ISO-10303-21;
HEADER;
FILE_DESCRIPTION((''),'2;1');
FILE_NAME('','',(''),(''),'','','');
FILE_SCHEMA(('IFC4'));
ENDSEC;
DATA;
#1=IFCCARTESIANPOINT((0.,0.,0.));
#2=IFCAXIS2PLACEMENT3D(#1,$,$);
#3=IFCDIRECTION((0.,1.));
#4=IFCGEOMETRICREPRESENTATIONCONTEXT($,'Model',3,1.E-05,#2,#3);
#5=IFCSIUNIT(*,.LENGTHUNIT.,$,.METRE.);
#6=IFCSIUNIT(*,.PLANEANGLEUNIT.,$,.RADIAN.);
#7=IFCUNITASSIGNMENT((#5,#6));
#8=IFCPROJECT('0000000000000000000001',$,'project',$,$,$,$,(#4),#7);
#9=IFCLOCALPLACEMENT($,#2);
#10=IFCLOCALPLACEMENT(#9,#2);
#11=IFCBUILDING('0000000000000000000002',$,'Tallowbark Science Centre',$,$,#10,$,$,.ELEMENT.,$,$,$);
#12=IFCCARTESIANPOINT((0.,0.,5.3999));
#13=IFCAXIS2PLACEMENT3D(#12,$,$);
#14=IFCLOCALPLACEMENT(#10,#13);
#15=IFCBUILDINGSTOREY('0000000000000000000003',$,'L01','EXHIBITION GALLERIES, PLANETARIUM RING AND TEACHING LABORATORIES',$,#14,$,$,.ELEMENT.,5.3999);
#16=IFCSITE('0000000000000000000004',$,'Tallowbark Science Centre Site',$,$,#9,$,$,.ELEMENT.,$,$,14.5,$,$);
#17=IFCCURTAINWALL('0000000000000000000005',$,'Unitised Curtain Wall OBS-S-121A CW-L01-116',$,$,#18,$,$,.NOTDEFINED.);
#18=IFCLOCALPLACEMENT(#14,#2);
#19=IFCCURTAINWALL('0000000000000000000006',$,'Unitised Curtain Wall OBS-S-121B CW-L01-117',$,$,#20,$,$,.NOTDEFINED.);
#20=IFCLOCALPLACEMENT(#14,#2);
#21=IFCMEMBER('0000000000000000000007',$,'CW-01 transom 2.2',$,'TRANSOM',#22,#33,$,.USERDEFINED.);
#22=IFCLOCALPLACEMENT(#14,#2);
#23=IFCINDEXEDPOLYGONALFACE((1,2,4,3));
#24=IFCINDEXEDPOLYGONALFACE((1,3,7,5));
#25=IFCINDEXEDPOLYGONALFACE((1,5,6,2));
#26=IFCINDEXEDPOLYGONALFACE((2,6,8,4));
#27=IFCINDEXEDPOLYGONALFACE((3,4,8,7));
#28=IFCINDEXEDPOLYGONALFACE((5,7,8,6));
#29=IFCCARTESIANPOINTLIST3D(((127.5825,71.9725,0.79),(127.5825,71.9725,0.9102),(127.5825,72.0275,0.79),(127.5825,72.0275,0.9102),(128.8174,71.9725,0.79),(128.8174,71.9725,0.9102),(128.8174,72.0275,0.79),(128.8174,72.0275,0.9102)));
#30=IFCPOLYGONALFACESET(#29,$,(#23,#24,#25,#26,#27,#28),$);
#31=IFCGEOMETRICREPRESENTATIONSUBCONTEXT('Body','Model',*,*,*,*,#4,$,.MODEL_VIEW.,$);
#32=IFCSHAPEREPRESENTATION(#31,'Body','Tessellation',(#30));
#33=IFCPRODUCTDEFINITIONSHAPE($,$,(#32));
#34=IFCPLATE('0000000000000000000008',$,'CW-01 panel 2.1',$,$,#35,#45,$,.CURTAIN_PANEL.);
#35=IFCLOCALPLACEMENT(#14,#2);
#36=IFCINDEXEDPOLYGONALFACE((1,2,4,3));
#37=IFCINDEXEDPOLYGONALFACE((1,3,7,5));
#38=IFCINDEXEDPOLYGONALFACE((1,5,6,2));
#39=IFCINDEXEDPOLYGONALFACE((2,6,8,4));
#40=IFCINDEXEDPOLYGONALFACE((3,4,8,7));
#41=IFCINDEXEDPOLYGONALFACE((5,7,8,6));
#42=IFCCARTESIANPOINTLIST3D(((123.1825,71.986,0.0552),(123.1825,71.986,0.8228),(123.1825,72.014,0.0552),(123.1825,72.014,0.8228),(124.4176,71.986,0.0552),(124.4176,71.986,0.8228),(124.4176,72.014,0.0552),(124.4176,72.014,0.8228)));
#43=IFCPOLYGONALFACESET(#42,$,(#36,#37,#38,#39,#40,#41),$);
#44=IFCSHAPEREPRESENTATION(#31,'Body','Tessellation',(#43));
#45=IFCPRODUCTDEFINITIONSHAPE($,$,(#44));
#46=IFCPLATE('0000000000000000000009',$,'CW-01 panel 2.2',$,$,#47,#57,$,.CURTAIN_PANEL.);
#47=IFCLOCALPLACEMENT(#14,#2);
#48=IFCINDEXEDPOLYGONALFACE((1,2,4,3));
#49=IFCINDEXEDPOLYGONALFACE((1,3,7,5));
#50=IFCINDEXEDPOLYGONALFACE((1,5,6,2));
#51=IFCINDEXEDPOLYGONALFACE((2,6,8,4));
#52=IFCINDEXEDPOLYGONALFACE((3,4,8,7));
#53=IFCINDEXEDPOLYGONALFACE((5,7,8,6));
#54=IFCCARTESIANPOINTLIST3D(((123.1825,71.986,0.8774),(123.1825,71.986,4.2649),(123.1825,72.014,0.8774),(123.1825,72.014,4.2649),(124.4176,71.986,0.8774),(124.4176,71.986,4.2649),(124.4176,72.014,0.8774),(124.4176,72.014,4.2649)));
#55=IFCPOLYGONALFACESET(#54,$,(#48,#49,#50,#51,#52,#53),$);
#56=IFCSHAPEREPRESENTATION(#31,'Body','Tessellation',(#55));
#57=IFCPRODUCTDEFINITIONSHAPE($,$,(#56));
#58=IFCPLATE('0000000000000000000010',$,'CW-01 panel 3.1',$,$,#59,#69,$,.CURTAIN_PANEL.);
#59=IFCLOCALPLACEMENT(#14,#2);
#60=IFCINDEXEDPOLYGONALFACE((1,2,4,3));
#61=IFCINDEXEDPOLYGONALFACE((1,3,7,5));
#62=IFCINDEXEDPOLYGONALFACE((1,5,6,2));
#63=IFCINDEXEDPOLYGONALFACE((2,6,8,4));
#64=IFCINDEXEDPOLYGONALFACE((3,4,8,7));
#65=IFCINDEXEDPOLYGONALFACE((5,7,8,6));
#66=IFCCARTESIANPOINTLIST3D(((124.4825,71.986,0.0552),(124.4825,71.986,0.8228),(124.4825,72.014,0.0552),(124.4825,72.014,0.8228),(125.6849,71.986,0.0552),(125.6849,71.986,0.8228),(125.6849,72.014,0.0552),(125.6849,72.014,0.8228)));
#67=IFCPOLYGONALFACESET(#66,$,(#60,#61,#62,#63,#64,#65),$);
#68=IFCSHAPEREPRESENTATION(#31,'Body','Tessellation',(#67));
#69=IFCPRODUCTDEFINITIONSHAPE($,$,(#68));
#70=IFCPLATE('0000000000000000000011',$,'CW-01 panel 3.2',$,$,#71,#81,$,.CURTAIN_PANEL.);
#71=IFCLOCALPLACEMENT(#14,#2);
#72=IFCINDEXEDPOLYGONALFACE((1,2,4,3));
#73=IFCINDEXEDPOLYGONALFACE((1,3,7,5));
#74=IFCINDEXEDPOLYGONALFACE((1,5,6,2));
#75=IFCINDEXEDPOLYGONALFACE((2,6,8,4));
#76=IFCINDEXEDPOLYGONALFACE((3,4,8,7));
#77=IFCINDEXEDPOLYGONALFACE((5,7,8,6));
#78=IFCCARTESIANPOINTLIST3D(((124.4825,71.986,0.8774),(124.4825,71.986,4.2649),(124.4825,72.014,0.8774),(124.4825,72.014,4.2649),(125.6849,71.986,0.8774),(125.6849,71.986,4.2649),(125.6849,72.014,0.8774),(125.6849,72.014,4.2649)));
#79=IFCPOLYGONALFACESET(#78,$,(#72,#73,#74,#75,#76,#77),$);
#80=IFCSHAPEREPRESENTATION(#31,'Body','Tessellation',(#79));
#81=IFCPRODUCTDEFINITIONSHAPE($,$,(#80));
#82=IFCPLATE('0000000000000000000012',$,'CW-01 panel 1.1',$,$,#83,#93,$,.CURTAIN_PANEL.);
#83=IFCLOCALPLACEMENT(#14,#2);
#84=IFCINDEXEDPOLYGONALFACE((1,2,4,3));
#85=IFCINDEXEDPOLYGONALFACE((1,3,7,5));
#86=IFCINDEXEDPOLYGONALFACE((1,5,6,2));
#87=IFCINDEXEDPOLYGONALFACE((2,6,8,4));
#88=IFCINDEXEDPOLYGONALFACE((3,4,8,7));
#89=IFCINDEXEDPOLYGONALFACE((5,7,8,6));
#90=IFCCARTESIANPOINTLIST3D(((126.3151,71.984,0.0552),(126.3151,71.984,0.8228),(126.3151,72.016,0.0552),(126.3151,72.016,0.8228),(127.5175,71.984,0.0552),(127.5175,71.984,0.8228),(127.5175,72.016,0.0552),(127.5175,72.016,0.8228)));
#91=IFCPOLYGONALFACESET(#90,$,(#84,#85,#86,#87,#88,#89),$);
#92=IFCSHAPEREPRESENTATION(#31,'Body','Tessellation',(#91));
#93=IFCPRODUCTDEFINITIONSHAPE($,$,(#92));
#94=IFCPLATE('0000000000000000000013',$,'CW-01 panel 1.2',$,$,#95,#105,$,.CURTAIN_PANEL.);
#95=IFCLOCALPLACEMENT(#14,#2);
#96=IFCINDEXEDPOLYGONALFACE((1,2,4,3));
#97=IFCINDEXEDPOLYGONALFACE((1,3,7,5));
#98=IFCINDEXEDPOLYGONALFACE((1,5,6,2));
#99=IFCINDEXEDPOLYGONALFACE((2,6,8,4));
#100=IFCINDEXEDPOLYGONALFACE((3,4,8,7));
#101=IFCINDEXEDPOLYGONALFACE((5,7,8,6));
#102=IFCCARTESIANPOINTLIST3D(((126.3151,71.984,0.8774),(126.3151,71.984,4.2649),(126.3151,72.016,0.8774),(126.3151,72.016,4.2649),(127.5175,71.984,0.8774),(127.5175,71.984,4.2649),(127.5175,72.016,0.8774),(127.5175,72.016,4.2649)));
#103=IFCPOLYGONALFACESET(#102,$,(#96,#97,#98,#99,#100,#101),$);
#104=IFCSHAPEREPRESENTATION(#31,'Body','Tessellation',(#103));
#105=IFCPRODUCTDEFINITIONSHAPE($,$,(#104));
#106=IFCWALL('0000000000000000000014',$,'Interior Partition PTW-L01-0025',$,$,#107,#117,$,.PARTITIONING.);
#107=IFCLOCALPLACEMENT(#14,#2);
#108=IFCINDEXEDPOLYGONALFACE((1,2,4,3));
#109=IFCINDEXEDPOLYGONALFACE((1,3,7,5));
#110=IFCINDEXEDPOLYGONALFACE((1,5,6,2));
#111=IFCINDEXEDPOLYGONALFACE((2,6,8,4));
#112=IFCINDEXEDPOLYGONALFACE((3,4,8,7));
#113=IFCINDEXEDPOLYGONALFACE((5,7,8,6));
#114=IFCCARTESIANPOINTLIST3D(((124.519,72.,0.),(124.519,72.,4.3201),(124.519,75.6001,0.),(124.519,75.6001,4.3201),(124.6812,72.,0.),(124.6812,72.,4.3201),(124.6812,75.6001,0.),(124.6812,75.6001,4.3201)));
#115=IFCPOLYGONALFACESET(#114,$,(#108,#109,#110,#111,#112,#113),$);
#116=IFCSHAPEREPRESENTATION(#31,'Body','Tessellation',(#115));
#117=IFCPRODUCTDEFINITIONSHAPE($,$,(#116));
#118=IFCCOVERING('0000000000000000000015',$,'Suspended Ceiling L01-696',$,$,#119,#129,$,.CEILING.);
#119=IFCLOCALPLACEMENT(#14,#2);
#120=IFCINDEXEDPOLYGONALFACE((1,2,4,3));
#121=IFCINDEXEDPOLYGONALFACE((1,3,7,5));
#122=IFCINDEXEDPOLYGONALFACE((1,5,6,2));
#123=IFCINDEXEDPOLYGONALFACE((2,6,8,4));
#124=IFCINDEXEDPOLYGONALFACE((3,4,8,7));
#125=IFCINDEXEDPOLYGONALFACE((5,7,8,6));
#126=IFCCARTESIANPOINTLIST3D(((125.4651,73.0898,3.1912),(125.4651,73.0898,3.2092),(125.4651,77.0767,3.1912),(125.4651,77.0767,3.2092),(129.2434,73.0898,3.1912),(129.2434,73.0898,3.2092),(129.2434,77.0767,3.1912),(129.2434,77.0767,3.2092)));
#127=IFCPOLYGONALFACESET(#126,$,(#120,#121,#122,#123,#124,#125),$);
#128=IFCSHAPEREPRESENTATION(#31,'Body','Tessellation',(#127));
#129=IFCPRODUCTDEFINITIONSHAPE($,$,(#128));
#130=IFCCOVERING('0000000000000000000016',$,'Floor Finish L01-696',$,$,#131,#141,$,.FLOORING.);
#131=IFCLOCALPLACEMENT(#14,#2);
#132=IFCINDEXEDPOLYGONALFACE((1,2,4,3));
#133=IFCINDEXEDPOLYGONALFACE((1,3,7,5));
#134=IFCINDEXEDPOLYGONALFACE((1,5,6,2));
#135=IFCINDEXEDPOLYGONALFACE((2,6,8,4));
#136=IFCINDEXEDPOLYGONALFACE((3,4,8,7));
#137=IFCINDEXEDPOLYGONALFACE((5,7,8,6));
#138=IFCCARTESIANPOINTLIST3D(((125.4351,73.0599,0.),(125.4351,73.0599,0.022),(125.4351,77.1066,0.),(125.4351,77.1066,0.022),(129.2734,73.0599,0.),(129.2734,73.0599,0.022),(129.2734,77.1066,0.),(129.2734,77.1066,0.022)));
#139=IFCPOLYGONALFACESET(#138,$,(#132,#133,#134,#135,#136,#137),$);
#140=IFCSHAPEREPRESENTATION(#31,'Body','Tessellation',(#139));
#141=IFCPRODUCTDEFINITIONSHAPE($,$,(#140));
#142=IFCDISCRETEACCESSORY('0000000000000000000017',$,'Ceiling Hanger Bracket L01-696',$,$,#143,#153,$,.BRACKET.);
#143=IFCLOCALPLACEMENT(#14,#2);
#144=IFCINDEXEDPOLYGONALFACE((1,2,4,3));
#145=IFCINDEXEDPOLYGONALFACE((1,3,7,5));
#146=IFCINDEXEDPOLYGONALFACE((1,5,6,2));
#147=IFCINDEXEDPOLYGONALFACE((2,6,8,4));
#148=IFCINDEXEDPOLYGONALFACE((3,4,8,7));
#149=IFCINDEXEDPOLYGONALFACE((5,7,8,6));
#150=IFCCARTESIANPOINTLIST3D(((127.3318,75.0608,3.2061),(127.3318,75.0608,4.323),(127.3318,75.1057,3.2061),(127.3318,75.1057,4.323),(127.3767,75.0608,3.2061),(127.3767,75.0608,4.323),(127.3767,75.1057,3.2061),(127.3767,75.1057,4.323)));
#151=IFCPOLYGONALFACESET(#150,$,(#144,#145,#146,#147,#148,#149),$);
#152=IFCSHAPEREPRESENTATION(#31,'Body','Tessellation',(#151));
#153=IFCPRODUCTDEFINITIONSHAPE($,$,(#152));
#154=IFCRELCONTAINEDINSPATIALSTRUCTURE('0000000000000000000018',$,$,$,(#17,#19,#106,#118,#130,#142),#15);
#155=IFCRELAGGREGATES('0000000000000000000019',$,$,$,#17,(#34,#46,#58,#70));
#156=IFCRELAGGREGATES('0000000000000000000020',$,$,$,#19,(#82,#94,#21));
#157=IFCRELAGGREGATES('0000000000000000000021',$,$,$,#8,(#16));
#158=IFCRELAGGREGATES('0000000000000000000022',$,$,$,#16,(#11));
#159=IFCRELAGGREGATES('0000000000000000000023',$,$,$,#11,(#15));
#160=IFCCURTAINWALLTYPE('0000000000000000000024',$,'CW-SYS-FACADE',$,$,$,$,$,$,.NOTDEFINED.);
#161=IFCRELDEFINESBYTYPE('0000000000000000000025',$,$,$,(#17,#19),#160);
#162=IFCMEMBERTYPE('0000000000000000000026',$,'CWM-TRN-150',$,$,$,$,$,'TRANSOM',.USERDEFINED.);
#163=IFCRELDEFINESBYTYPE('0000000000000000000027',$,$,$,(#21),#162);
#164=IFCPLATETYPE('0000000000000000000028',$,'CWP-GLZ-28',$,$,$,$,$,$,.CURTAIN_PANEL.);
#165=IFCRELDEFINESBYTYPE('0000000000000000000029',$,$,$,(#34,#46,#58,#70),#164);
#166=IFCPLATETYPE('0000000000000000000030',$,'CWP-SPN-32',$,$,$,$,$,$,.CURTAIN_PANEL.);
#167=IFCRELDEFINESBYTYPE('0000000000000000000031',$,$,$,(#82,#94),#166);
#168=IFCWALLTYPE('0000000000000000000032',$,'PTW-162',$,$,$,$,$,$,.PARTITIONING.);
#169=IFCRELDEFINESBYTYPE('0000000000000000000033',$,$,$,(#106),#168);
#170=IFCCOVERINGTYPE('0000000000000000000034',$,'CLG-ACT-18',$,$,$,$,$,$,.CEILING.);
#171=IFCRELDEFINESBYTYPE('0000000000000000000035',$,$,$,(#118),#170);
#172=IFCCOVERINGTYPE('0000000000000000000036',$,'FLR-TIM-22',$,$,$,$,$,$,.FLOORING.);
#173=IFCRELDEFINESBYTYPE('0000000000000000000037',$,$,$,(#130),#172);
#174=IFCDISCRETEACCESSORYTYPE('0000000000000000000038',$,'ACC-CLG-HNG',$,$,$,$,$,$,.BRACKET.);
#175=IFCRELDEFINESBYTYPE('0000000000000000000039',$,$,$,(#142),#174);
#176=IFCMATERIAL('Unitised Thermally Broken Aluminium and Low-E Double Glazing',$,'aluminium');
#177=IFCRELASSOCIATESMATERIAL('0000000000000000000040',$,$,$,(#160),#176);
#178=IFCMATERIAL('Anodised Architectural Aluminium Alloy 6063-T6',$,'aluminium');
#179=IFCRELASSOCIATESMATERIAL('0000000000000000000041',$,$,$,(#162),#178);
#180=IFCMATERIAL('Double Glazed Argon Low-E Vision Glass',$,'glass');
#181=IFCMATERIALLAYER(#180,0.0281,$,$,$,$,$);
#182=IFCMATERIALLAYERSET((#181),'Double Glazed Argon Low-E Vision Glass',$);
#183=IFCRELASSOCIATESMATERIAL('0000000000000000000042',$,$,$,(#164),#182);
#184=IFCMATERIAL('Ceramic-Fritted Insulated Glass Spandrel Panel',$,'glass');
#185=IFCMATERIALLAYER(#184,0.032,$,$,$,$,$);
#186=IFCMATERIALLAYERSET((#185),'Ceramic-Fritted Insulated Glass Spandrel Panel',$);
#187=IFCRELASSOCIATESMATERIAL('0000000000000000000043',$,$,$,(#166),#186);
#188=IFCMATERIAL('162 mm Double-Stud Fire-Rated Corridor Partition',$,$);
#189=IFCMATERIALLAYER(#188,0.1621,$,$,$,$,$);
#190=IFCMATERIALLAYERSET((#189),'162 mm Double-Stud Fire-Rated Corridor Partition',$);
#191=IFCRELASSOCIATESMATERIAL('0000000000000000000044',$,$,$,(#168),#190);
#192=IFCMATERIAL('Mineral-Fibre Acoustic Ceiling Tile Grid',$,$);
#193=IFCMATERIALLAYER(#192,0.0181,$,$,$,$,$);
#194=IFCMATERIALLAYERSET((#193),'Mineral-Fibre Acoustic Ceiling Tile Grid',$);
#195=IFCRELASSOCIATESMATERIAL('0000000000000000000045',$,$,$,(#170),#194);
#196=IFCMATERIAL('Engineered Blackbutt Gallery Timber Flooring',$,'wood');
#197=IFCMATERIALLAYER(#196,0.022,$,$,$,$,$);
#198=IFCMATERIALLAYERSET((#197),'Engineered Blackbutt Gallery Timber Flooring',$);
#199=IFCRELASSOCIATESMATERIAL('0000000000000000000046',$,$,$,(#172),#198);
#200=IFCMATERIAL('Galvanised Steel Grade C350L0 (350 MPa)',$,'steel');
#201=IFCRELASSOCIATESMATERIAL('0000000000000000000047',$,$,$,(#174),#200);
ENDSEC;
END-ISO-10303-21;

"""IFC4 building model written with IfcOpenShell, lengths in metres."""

from ifc_helpers import new_model, si_unit, direction, frame, frame_2d, origin, origin_2d, place, context, subcontext, project, spatial, rectangle, extrude, material, layer, layer_set, material_profile, profile_set, type_object, element, aggregate, save


model = new_model("IFC4")

# Units and contexts
model_context = context("Model", 3, precision=1e-05, world=origin(), true_north=direction((0.0, 1.0)))
body_context = subcontext(model_context, "Body", "Model", "MODEL_VIEW")
ifc_project = project(units=[si_unit("LENGTHUNIT", "METRE"), si_unit("PLANEANGLEUNIT", "RADIAN")], contexts=[model_context])

# Site, building, storey
site_placement = place(None, origin())
site = spatial("IfcSite", under=ifc_project, at=site_placement, Name="Tallowbark Science Centre Site", CompositionType="ELEMENT", RefElevation=14.5)
building_placement = place(site_placement, origin())
building = spatial("IfcBuilding", under=site, at=building_placement, Name="Tallowbark Science Centre", CompositionType="ELEMENT")
storey_placement = place(building_placement, frame((0.0, 0.0, 5.3999)))
storey = spatial("IfcBuildingStorey", under=building, at=storey_placement, Name="L01", Description="EXHIBITION GALLERIES, PLANETARIUM RING AND TEACHING LABORATORIES", CompositionType="ELEMENT", Elevation=5.3999)

# Curtain walls
ifc_material_1 = material(Name="Unitised Thermally Broken Aluminium and Low-E Double Glazing", Category="aluminium")
curtain_wall_type = type_object("IfcCurtainWallType", Name="CW-SYS-FACADE", PredefinedType="NOTDEFINED", material=ifc_material_1)
curtain_wall_1_placement = place(storey_placement, origin())
curtain_wall_1 = element("IfcCurtainWall", 1, at=curtain_wall_1_placement, inside=storey, type_object=curtain_wall_type, Name="Unitised Curtain Wall OBS-S-121A CW-L01-116", PredefinedType="NOTDEFINED")
ifc_material_2 = material(Name="Anodised Architectural Aluminium Alloy 6063-T6", Category="aluminium")
curtain_wall_2_placement = place(storey_placement, origin())
curtain_wall_2 = element("IfcCurtainWall", 2, at=curtain_wall_2_placement, inside=storey, type_object=curtain_wall_type, Name="Unitised Curtain Wall OBS-S-121B CW-L01-117", PredefinedType="NOTDEFINED")

# Member
ifc_material_profile_1 = material_profile(ifc_material_2, rectangle(XDim=0.0549, YDim=0.1201, at=origin_2d()), Name="ALU55x120")
ifc_profile_set_1 = profile_set([ifc_material_profile_1], Name="Anodised Architectural Aluminium Alloy 6063-T6")
member_type_1 = type_object("IfcMemberType", Name="CWM-TRN-150", ElementType="TRANSOM", PredefinedType="USERDEFINED", material=ifc_profile_set_1)
member_1_placement = place(storey_placement, frame((127.5825, 72.0, 0.8501), z_axis=(1.0, 0.0, 0.0), x_axis=(0.0, 1.0, 0.0)))
member_1 = element("IfcMember", 3, at=member_1_placement, type_object=member_type_1, Name="CW-01 transom 2.2", ObjectType="TRANSOM", PredefinedType="USERDEFINED", context=body_context, shape_type="SweptSolid", body=[
    extrude(rectangle(XDim=0.0549, YDim=0.1201, at=origin_2d()), origin(), (0.0, 0.0, 1.0), 1.2349),
])

# Plates
ifc_material_3 = material(Name="Double Glazed Argon Low-E Vision Glass", Category="glass")
ifc_layer_1 = layer(ifc_material_3, 0.0281)
ifc_layer_set_1 = layer_set([ifc_layer_1], Name="Double Glazed Argon Low-E Vision Glass")
plate_type_1 = type_object("IfcPlateType", Name="CWP-GLZ-28", PredefinedType="CURTAIN_PANEL", material=ifc_layer_set_1)
plate_1_placement = place(storey_placement, frame((123.8, 72.0, 0.0552), z_axis=(0.0, 0.0, 1.0), x_axis=(1.0, 0.0, 0.0)))
plate_1 = element("IfcPlate", 4, at=plate_1_placement, type_object=plate_type_1, Name="CW-01 panel 2.1", PredefinedType="CURTAIN_PANEL", context=body_context, shape_type="SweptSolid", body=[
    extrude(rectangle(XDim=1.2351, YDim=0.0281, at=origin_2d()), origin(), (0.0, 0.0, 1.0), 0.7676),
])
plate_2_placement = place(storey_placement, frame((123.8, 72.0, 0.8774), z_axis=(0.0, 0.0, 1.0), x_axis=(1.0, 0.0, 0.0)))
plate_2 = element("IfcPlate", 5, at=plate_2_placement, type_object=plate_type_1, Name="CW-01 panel 2.2", PredefinedType="CURTAIN_PANEL", context=body_context, shape_type="SweptSolid", body=[
    extrude(rectangle(XDim=1.2351, YDim=0.0281, at=origin_2d()), origin(), (0.0, 0.0, 1.0), 3.3875),
])
plate_3_placement = place(storey_placement, frame((125.0837, 72.0, 0.0552), z_axis=(0.0, 0.0, 1.0), x_axis=(1.0, 0.0, 0.0)))
plate_3 = element("IfcPlate", 6, at=plate_3_placement, type_object=plate_type_1, Name="CW-01 panel 3.1", PredefinedType="CURTAIN_PANEL", context=body_context, shape_type="SweptSolid", body=[
    extrude(rectangle(XDim=1.2024, YDim=0.0281, at=origin_2d()), origin(), (0.0, 0.0, 1.0), 0.7676),
])
plate_4_placement = place(storey_placement, frame((125.0837, 72.0, 0.8774), z_axis=(0.0, 0.0, 1.0), x_axis=(1.0, 0.0, 0.0)))
plate_4 = element("IfcPlate", 7, at=plate_4_placement, type_object=plate_type_1, Name="CW-01 panel 3.2", PredefinedType="CURTAIN_PANEL", context=body_context, shape_type="SweptSolid", body=[
    extrude(rectangle(XDim=1.2024, YDim=0.0281, at=origin_2d()), origin(), (0.0, 0.0, 1.0), 3.3875),
])
aggregate(curtain_wall_1, [plate_1, plate_2, plate_3, plate_4])
ifc_material_4 = material(Name="Ceramic-Fritted Insulated Glass Spandrel Panel", Category="glass")
ifc_layer_2 = layer(ifc_material_4, 0.032)
ifc_layer_set_2 = layer_set([ifc_layer_2], Name="Ceramic-Fritted Insulated Glass Spandrel Panel")
plate_type_2 = type_object("IfcPlateType", Name="CWP-SPN-32", PredefinedType="CURTAIN_PANEL", material=ifc_layer_set_2)
plate_5_placement = place(storey_placement, frame((126.9163, 72.0, 0.0552), z_axis=(0.0, 0.0, 1.0), x_axis=(1.0, 0.0, 0.0)))
plate_5 = element("IfcPlate", 8, at=plate_5_placement, type_object=plate_type_2, Name="CW-01 panel 1.1", PredefinedType="CURTAIN_PANEL", context=body_context, shape_type="SweptSolid", body=[
    extrude(rectangle(XDim=1.2024, YDim=0.032, at=origin_2d()), origin(), (0.0, 0.0, 1.0), 0.7676),
])
plate_6_placement = place(storey_placement, frame((126.9163, 72.0, 0.8774), z_axis=(0.0, 0.0, 1.0), x_axis=(1.0, 0.0, 0.0)))
plate_6 = element("IfcPlate", 9, at=plate_6_placement, type_object=plate_type_2, Name="CW-01 panel 1.2", PredefinedType="CURTAIN_PANEL", context=body_context, shape_type="SweptSolid", body=[
    extrude(rectangle(XDim=1.2024, YDim=0.032, at=origin_2d()), origin(), (0.0, 0.0, 1.0), 3.3875),
])
aggregate(curtain_wall_2, [plate_5, plate_6, member_1])

# Wall
ifc_material_5 = material(Name="162 mm Double-Stud Fire-Rated Corridor Partition")
ifc_layer_3 = layer(ifc_material_5, 0.1621)
ifc_layer_set_3 = layer_set([ifc_layer_3], Name="162 mm Double-Stud Fire-Rated Corridor Partition")
wall_type = type_object("IfcWallType", Name="PTW-162", PredefinedType="PARTITIONING", material=ifc_layer_set_3)
wall_placement = place(storey_placement, frame((124.6001, 72.0, 0.0), z_axis=(0.0, 0.0, 1.0), x_axis=(0.0, 1.0, 0.0)))
element("IfcWall", 10, at=wall_placement, inside=storey, type_object=wall_type, Name="Interior Partition PTW-L01-0025", PredefinedType="PARTITIONING", context=body_context, shape_type="SweptSolid", body=[
    extrude(rectangle(XDim=3.6001, YDim=0.1621, at=frame_2d((1.8, 0.0))), origin(), (0.0, 0.0, 1.0), 4.3201),
])

# Coverings
ifc_material_6 = material(Name="Mineral-Fibre Acoustic Ceiling Tile Grid")
ifc_layer_4 = layer(ifc_material_6, 0.0181)
ifc_layer_set_4 = layer_set([ifc_layer_4], Name="Mineral-Fibre Acoustic Ceiling Tile Grid")
covering_type_1 = type_object("IfcCoveringType", Name="CLG-ACT-18", PredefinedType="CEILING", material=ifc_layer_set_4)
covering_1_placement = place(storey_placement, frame((127.3542, 75.0833, 3.1912), z_axis=(0.0, 0.0, 1.0), x_axis=(1.0, 0.0, 0.0)))
element("IfcCovering", 11, at=covering_1_placement, inside=storey, type_object=covering_type_1, Name="Suspended Ceiling L01-696", PredefinedType="CEILING", context=body_context, shape_type="SweptSolid", body=[
    extrude(rectangle(XDim=3.7783, YDim=3.9868, at=origin_2d()), origin(), (0.0, 0.0, 1.0), 0.0181),
])
ifc_material_7 = material(Name="Engineered Blackbutt Gallery Timber Flooring", Category="wood")
ifc_layer_5 = layer(ifc_material_7, 0.022)
ifc_layer_set_5 = layer_set([ifc_layer_5], Name="Engineered Blackbutt Gallery Timber Flooring")
covering_type_2 = type_object("IfcCoveringType", Name="FLR-TIM-22", PredefinedType="FLOORING", material=ifc_layer_set_5)
covering_2_placement = place(storey_placement, frame((127.3542, 75.0833, 0.0), z_axis=(0.0, 0.0, 1.0), x_axis=(1.0, 0.0, 0.0)))
element("IfcCovering", 12, at=covering_2_placement, inside=storey, type_object=covering_type_2, Name="Floor Finish L01-696", PredefinedType="FLOORING", context=body_context, shape_type="SweptSolid", body=[
    extrude(rectangle(XDim=3.8384, YDim=4.0466, at=origin_2d()), origin(), (0.0, 0.0, 1.0), 0.022),
])

# Discrete accessory
ifc_material_8 = material(Name="Galvanised Steel Grade C350L0 (350 MPa)", Category="steel")
discrete_accessory_type = type_object("IfcDiscreteAccessoryType", Name="ACC-CLG-HNG", PredefinedType="BRACKET", material=ifc_material_8)
discrete_accessory_placement = place(storey_placement, frame((127.3542, 75.0833, 3.2061), z_axis=(0.0, 0.0, 1.0), x_axis=(1.0, 0.0, 0.0)))
element("IfcDiscreteAccessory", 13, at=discrete_accessory_placement, inside=storey, type_object=discrete_accessory_type, Name="Ceiling Hanger Bracket L01-696", PredefinedType="BRACKET", context=body_context, shape_type="SweptSolid", body=[
    extrude(rectangle(XDim=0.0449, YDim=0.0449, at=origin_2d()), origin(), (0.0, 0.0, 1.0), 1.1169),
])

save(model, "model.ifc")
